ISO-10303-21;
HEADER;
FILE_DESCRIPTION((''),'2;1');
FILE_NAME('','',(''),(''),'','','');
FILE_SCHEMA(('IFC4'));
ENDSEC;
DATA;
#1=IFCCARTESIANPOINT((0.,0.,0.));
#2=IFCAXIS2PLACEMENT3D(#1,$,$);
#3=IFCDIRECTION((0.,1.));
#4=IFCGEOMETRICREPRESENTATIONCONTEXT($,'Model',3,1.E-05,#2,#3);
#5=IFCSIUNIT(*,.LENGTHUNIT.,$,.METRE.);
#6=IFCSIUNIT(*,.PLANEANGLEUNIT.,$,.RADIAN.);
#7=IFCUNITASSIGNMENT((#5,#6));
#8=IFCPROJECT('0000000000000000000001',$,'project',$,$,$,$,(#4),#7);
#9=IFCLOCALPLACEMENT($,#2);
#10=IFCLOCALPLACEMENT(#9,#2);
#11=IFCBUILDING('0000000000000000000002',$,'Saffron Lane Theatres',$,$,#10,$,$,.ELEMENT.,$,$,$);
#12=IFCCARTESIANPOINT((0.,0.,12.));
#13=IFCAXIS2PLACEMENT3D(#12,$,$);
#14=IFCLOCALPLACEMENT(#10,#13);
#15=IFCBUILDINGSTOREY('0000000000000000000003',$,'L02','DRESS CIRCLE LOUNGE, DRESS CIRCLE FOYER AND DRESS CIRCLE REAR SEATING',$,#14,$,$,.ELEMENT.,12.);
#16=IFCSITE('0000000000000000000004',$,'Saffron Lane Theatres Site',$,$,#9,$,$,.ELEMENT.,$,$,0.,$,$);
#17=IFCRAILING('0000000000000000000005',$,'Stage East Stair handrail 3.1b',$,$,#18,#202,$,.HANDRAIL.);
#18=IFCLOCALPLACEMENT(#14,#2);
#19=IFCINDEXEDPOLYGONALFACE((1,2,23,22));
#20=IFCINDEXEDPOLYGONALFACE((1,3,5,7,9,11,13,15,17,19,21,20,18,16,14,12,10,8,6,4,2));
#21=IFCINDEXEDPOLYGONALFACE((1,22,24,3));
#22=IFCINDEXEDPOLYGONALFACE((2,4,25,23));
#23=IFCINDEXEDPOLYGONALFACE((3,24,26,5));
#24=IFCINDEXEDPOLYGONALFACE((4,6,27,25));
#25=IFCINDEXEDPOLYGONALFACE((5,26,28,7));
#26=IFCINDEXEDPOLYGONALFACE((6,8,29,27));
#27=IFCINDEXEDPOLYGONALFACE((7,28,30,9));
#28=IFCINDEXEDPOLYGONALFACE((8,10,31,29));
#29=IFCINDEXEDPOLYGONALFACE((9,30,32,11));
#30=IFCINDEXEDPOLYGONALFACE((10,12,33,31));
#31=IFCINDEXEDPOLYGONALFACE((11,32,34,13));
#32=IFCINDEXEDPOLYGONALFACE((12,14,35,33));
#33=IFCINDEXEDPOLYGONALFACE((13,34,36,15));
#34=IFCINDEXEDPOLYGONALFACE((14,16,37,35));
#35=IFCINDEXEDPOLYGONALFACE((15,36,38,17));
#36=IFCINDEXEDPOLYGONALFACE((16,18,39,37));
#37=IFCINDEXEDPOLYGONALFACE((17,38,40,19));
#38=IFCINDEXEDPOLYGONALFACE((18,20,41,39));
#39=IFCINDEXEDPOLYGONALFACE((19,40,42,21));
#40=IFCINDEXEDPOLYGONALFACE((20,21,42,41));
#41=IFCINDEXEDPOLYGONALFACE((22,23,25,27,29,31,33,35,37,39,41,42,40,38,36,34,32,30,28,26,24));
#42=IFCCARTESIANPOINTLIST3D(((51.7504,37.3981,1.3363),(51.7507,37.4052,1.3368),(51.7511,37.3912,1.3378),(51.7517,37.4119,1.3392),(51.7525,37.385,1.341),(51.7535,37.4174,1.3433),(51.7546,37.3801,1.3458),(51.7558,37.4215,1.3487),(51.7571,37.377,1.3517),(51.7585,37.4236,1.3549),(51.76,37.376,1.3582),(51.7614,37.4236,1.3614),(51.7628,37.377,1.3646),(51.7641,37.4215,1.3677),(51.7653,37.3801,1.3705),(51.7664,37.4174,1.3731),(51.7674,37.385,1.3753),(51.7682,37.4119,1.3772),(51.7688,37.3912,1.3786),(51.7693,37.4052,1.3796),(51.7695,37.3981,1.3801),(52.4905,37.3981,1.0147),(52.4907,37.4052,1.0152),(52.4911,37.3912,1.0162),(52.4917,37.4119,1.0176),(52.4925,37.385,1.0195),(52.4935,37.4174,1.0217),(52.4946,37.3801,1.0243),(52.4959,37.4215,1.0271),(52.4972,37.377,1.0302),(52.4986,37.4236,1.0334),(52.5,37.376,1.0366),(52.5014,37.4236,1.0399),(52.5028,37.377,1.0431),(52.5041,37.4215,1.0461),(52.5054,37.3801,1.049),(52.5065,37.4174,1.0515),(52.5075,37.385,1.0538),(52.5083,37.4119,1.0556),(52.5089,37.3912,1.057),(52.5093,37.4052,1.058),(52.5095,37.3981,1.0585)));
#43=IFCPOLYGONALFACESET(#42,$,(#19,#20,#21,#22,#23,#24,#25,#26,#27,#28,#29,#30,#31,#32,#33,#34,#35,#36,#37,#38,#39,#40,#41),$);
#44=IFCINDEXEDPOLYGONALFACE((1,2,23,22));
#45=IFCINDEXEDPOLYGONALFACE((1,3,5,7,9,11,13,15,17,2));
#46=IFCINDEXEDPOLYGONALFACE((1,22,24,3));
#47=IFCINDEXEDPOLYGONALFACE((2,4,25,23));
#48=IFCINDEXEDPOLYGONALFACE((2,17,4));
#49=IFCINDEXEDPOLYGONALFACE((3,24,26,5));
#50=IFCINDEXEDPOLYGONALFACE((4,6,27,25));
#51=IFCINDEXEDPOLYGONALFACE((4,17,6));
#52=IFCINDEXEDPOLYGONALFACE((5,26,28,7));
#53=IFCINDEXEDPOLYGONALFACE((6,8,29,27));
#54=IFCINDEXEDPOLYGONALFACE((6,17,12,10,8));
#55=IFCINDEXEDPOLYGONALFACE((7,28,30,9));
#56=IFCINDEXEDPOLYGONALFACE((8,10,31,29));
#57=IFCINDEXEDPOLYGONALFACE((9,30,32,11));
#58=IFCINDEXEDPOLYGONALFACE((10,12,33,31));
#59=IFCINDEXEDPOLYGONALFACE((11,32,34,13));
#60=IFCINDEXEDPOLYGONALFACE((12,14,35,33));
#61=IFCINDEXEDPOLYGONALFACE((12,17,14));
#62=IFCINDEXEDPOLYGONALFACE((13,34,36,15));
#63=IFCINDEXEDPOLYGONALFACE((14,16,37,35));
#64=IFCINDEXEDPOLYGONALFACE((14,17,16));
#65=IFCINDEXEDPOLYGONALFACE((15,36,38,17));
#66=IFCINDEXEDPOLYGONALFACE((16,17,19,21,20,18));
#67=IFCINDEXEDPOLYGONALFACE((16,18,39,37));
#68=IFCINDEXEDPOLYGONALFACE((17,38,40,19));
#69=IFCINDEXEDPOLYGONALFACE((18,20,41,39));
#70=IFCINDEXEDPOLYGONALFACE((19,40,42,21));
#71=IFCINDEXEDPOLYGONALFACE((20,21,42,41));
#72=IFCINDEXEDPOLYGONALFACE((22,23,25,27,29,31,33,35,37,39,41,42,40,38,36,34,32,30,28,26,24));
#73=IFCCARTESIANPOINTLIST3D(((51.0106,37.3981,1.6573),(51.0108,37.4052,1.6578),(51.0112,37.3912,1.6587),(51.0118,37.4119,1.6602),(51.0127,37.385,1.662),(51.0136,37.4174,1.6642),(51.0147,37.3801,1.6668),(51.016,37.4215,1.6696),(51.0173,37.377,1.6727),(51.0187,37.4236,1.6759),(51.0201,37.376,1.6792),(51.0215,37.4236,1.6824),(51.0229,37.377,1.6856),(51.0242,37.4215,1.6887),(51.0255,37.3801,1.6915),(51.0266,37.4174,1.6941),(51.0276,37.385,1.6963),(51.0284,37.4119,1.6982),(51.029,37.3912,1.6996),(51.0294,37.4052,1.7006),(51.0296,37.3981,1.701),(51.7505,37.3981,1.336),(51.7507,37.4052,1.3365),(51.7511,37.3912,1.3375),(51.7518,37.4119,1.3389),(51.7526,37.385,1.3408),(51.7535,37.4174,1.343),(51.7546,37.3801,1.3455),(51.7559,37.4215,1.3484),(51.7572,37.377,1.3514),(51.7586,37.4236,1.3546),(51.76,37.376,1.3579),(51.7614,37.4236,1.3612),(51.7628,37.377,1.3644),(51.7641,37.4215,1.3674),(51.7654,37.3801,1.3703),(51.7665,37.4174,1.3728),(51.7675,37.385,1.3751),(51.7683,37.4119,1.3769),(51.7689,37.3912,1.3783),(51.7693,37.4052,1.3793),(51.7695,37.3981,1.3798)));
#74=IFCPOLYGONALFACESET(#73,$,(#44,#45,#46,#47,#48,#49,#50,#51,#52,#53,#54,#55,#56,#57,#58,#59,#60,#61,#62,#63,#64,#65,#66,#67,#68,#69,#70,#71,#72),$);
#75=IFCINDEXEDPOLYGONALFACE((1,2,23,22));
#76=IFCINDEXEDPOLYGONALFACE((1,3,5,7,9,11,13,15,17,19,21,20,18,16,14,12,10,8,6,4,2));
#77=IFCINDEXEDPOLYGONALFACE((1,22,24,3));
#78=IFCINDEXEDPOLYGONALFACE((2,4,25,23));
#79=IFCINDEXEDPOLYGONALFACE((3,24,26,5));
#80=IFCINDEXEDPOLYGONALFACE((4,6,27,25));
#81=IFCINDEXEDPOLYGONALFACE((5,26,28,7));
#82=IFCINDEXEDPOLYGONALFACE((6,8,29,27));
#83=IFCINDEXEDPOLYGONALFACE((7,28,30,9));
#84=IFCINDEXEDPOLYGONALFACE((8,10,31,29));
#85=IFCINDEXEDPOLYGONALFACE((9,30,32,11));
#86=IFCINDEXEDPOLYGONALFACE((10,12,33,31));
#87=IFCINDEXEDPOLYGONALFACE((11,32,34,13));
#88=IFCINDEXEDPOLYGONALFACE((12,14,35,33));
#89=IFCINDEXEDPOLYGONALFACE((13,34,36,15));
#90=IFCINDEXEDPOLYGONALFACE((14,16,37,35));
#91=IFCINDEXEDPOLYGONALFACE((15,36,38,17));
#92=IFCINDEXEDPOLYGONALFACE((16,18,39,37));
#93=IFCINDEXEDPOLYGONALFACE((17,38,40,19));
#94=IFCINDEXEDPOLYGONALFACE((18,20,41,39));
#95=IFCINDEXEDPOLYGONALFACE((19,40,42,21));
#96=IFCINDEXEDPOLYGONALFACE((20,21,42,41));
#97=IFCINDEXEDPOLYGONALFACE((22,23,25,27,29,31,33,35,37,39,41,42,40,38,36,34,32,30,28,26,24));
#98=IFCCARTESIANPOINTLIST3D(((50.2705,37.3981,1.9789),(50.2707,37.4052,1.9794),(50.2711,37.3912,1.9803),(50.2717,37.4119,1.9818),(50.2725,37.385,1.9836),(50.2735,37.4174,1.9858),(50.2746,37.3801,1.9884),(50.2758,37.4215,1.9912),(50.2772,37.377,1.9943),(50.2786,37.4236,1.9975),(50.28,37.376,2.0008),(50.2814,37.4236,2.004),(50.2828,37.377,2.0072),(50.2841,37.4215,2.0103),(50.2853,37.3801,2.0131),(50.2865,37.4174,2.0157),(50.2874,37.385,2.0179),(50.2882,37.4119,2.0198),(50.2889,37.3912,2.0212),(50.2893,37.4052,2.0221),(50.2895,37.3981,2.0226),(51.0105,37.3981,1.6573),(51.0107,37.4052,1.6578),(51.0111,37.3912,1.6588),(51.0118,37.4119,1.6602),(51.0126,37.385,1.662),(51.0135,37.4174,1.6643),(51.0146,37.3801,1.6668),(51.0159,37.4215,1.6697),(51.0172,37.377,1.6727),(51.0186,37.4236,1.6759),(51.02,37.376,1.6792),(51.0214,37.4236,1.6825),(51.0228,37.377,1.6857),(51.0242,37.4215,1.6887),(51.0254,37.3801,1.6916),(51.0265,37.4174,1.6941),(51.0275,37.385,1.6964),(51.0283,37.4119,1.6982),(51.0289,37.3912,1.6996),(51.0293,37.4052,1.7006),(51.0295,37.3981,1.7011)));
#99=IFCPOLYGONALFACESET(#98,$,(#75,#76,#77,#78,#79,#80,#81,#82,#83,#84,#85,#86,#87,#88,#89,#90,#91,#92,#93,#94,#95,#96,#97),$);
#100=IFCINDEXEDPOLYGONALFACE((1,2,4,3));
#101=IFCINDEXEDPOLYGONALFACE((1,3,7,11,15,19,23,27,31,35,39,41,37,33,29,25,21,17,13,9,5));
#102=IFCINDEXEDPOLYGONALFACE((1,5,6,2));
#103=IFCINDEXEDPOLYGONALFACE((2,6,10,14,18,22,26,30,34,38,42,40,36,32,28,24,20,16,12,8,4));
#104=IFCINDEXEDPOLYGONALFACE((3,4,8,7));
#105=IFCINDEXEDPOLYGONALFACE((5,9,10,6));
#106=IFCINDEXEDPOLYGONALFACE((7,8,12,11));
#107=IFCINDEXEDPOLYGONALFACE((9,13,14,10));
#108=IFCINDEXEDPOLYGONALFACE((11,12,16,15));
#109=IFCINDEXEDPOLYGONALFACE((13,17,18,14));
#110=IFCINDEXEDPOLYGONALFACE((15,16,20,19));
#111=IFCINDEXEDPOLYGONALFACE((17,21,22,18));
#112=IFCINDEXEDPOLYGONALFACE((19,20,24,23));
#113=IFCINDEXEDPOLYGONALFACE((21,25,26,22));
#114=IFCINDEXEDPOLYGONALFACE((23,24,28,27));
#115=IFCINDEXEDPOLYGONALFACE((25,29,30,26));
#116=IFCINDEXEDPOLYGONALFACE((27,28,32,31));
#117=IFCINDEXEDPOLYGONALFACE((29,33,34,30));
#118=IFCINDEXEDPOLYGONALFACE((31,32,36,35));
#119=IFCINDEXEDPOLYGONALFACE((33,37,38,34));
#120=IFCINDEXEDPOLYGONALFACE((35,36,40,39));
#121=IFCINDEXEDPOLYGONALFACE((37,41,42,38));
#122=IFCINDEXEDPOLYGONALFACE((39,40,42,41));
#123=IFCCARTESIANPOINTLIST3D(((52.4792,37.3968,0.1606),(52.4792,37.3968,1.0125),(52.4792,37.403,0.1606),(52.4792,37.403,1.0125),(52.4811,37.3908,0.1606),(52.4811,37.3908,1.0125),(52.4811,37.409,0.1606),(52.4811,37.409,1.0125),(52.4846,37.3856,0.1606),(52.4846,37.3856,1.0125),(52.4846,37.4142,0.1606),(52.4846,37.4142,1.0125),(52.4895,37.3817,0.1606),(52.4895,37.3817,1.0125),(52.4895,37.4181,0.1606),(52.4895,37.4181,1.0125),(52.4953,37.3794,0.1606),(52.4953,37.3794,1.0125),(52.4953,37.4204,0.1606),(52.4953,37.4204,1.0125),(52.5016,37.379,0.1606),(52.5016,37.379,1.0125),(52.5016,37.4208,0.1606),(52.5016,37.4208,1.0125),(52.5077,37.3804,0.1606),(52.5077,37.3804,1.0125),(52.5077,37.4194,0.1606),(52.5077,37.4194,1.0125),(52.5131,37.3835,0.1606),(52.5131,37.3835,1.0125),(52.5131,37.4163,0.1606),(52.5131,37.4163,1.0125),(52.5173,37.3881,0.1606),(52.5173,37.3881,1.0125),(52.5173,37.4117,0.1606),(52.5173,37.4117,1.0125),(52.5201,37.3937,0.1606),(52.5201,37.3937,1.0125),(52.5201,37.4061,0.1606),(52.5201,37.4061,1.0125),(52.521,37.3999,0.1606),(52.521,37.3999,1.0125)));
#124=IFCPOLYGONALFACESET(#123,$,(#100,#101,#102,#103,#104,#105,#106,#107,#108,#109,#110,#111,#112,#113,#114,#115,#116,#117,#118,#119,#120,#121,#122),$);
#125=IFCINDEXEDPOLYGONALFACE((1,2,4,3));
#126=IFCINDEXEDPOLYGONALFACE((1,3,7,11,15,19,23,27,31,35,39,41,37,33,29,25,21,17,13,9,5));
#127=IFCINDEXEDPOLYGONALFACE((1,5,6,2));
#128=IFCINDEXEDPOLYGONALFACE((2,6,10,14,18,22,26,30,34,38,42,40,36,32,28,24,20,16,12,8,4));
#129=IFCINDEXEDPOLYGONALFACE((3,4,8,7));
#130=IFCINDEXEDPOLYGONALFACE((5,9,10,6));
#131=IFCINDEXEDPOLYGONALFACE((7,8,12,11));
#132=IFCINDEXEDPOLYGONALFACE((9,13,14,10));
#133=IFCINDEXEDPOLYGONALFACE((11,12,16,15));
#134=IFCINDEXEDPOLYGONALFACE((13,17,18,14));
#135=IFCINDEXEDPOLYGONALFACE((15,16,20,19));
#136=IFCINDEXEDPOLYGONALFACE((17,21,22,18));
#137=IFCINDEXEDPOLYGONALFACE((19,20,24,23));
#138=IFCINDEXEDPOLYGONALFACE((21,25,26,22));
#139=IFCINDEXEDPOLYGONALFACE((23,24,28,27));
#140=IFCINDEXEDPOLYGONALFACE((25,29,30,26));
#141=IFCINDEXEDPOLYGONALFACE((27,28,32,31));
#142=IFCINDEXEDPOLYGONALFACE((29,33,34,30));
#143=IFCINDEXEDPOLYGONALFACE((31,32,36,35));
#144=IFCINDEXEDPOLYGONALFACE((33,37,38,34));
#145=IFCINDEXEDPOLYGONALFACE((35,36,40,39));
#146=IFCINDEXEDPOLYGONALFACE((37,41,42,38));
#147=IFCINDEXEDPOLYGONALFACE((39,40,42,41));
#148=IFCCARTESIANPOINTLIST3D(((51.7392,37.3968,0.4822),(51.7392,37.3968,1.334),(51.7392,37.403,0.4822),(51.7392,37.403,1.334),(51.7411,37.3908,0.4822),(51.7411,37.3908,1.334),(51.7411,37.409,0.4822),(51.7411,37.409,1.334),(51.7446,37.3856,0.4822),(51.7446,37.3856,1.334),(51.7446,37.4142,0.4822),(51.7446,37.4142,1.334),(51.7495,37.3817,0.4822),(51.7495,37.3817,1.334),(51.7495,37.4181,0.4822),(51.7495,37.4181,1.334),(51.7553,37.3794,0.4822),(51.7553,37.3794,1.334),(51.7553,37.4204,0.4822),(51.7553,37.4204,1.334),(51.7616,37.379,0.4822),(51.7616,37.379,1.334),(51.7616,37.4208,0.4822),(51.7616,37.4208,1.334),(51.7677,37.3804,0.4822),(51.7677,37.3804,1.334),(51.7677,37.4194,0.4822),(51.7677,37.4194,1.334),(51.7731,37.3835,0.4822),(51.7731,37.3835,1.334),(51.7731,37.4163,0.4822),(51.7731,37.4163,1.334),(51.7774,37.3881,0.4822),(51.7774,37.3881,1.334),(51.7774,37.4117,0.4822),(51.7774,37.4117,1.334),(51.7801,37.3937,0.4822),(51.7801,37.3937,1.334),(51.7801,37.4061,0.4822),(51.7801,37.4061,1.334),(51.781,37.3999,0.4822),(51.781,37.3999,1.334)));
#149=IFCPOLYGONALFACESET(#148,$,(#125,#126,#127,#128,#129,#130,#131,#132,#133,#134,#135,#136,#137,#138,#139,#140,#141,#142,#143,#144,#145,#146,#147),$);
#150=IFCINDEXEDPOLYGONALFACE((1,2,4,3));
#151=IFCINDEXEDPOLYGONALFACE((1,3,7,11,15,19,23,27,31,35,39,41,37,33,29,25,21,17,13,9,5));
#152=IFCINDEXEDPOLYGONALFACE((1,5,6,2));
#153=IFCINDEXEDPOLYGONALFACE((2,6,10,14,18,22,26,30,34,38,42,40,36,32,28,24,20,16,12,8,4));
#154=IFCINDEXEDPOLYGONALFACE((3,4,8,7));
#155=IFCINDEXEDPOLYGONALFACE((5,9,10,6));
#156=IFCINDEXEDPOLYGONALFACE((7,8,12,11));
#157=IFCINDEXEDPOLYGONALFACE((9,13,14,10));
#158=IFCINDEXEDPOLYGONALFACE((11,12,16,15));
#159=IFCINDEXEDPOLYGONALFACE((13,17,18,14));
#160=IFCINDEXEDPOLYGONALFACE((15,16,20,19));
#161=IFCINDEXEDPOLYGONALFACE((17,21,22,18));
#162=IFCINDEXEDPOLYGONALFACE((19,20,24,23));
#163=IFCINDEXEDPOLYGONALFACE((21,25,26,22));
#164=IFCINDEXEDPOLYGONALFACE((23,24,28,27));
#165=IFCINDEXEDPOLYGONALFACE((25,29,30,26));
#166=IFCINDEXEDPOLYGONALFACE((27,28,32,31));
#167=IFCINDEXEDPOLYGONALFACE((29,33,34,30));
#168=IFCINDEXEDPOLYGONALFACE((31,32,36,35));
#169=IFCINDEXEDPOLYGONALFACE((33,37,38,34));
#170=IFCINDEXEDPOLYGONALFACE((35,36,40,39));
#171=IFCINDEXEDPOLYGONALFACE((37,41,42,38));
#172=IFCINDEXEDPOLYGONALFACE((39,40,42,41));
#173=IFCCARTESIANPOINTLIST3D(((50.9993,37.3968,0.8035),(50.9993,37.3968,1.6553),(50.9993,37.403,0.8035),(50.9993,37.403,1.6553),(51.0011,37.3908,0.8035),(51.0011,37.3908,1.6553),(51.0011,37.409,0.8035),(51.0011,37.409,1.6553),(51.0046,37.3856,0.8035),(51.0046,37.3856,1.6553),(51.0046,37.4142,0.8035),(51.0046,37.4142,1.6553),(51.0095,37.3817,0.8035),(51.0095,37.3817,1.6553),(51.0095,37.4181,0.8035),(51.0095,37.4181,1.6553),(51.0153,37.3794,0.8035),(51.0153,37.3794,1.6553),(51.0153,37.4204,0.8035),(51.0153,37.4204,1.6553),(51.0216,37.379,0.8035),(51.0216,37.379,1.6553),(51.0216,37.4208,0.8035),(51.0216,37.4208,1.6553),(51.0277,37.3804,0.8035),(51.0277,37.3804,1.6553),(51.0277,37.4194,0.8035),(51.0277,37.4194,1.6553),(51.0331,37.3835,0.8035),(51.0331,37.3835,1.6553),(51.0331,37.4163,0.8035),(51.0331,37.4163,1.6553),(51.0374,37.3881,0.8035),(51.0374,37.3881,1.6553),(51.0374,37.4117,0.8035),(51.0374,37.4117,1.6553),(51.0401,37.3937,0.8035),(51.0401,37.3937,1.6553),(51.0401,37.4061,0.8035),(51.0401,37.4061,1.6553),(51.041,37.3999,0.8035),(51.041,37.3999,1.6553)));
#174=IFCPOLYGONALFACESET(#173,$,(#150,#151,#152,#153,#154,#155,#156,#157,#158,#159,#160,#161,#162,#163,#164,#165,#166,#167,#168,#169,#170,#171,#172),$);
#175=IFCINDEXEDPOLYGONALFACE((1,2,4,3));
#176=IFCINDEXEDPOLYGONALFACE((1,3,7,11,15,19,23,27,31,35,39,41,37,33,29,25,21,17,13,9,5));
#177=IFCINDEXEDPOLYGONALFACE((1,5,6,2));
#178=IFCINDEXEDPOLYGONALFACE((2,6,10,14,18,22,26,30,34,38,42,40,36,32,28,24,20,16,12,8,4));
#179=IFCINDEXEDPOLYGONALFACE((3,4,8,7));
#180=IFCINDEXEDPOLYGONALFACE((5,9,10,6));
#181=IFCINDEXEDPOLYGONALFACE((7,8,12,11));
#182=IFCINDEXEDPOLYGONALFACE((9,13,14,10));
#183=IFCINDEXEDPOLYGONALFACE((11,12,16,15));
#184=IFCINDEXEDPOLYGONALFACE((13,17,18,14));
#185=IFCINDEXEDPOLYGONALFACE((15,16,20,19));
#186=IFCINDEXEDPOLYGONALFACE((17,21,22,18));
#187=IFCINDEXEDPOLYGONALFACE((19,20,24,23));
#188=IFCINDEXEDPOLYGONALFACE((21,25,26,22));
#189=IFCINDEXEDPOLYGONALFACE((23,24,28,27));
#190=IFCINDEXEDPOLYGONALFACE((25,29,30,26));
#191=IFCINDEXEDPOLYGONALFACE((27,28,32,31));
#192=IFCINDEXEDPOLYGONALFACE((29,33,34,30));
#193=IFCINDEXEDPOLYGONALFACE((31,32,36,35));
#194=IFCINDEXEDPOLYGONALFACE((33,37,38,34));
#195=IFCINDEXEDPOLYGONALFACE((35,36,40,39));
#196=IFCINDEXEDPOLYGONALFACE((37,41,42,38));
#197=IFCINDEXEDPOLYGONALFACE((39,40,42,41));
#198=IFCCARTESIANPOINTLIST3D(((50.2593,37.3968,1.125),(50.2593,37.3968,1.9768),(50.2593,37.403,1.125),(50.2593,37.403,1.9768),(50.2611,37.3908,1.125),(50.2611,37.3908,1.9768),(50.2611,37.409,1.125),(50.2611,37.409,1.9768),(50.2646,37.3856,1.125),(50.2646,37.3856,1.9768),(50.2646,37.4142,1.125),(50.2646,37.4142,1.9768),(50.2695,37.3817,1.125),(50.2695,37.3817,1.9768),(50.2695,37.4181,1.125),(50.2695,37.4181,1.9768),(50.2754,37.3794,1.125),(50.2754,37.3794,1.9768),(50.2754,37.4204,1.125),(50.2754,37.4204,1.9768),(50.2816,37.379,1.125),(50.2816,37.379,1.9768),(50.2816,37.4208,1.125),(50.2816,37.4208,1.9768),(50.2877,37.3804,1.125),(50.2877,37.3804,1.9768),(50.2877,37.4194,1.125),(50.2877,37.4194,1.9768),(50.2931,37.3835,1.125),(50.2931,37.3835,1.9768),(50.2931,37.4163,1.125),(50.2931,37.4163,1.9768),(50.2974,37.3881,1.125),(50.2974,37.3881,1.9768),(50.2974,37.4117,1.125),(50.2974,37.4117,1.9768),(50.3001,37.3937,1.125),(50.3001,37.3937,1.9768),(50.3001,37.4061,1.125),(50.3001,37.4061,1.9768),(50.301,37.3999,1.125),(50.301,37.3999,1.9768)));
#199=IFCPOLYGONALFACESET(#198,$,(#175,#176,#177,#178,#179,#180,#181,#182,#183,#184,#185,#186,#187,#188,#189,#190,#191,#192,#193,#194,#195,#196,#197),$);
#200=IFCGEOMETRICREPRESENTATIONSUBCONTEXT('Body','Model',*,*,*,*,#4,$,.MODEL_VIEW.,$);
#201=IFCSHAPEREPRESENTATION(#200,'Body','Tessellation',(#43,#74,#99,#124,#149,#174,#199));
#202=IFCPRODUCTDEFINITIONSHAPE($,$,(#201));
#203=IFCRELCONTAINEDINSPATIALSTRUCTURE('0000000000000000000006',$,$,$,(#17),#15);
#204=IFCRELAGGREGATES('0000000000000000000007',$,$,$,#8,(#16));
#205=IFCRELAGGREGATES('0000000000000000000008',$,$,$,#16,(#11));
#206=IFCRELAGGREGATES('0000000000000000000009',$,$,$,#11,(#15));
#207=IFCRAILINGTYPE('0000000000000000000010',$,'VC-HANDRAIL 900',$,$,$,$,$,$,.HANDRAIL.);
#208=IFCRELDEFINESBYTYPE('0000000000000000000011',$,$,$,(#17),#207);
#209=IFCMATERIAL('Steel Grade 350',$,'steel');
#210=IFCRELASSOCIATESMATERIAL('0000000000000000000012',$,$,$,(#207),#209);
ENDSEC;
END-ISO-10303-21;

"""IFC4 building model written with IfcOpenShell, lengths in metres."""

from ifc_helpers import new_model, si_unit, direction, frame, origin, origin_2d, place, context, subcontext, project, spatial, circle, extrude, material, type_object, element, save


model = new_model("IFC4")

# Units and contexts
model_context = context("Model", 3, precision=1e-05, world=origin(), true_north=direction((0.0, 1.0)))
body_context = subcontext(model_context, "Body", "Model", "MODEL_VIEW")
ifc_project = project(units=[si_unit("LENGTHUNIT", "METRE"), si_unit("PLANEANGLEUNIT", "RADIAN")], contexts=[model_context])

# Site, building, storey
site_placement = place(None, origin())
site = spatial("IfcSite", under=ifc_project, at=site_placement, Name="Saffron Lane Theatres Site", CompositionType="ELEMENT", RefElevation=0.0)
building_placement = place(site_placement, origin())
building = spatial("IfcBuilding", under=site, at=building_placement, Name="Saffron Lane Theatres", CompositionType="ELEMENT")
storey_placement = place(building_placement, frame((0.0, 0.0, 12.0)))
storey = spatial("IfcBuildingStorey", under=building, at=storey_placement, Name="L02", Description="DRESS CIRCLE LOUNGE, DRESS CIRCLE FOYER AND DRESS CIRCLE REAR SEATING", CompositionType="ELEMENT", Elevation=12.0)

# Railing
ifc_material_1 = material(Name="Steel Grade 350", Category="steel")
railing_type_1 = type_object("IfcRailingType", Name="VC-HANDRAIL 900", PredefinedType="HANDRAIL", material=ifc_material_1)
for number, where, name in (
    (1, (52.5, 37.3999, 0.1606), "Stage East Stair handrail 3.1b"),
):
    element("IfcRailing", number, at=place(storey_placement, frame(where)), inside=storey, type_object=railing_type_1, Name=name, PredefinedType="HANDRAIL", context=body_context, shape_type="SweptSolid", body=[
        extrude(circle(Radius=0.0239, at=origin_2d()), frame((0.0, 0.0, 0.876), z_axis=(-0.917161, 0.0, 0.398516), x_axis=(0.0, -1.0, 0.0)), (0.0, 0.0, 1.0), 0.8069),
        extrude(circle(Radius=0.0239, at=origin_2d()), frame((-0.74, 0.0, 1.1973), z_axis=(-0.917272, 0.0, 0.398261), x_axis=(0.0, -1.0, 0.0)), (0.0, 0.0, 1.0), 0.8066),
        extrude(circle(Radius=0.0239, at=origin_2d()), frame((-1.48, 0.0, 1.5186), z_axis=(-0.917161, 0.0, 0.398516), x_axis=(0.0, -1.0, 0.0)), (0.0, 0.0, 1.0), 0.8069),
        extrude(circle(Radius=0.021, at=origin_2d()), origin(), (0.0, 0.0, 1.0), 0.8518),
        extrude(circle(Radius=0.021, at=origin_2d()), frame((-0.74, 0.0, 0.3215)), (0.0, 0.0, 1.0), 0.8518),
        extrude(circle(Radius=0.021, at=origin_2d()), frame((-1.48, 0.0, 0.6428)), (0.0, 0.0, 1.0), 0.8518),
        extrude(circle(Radius=0.021, at=origin_2d()), frame((-2.22, 0.0, 0.9644)), (0.0, 0.0, 1.0), 0.8518),
    ])

save(model, "model.ifc")
